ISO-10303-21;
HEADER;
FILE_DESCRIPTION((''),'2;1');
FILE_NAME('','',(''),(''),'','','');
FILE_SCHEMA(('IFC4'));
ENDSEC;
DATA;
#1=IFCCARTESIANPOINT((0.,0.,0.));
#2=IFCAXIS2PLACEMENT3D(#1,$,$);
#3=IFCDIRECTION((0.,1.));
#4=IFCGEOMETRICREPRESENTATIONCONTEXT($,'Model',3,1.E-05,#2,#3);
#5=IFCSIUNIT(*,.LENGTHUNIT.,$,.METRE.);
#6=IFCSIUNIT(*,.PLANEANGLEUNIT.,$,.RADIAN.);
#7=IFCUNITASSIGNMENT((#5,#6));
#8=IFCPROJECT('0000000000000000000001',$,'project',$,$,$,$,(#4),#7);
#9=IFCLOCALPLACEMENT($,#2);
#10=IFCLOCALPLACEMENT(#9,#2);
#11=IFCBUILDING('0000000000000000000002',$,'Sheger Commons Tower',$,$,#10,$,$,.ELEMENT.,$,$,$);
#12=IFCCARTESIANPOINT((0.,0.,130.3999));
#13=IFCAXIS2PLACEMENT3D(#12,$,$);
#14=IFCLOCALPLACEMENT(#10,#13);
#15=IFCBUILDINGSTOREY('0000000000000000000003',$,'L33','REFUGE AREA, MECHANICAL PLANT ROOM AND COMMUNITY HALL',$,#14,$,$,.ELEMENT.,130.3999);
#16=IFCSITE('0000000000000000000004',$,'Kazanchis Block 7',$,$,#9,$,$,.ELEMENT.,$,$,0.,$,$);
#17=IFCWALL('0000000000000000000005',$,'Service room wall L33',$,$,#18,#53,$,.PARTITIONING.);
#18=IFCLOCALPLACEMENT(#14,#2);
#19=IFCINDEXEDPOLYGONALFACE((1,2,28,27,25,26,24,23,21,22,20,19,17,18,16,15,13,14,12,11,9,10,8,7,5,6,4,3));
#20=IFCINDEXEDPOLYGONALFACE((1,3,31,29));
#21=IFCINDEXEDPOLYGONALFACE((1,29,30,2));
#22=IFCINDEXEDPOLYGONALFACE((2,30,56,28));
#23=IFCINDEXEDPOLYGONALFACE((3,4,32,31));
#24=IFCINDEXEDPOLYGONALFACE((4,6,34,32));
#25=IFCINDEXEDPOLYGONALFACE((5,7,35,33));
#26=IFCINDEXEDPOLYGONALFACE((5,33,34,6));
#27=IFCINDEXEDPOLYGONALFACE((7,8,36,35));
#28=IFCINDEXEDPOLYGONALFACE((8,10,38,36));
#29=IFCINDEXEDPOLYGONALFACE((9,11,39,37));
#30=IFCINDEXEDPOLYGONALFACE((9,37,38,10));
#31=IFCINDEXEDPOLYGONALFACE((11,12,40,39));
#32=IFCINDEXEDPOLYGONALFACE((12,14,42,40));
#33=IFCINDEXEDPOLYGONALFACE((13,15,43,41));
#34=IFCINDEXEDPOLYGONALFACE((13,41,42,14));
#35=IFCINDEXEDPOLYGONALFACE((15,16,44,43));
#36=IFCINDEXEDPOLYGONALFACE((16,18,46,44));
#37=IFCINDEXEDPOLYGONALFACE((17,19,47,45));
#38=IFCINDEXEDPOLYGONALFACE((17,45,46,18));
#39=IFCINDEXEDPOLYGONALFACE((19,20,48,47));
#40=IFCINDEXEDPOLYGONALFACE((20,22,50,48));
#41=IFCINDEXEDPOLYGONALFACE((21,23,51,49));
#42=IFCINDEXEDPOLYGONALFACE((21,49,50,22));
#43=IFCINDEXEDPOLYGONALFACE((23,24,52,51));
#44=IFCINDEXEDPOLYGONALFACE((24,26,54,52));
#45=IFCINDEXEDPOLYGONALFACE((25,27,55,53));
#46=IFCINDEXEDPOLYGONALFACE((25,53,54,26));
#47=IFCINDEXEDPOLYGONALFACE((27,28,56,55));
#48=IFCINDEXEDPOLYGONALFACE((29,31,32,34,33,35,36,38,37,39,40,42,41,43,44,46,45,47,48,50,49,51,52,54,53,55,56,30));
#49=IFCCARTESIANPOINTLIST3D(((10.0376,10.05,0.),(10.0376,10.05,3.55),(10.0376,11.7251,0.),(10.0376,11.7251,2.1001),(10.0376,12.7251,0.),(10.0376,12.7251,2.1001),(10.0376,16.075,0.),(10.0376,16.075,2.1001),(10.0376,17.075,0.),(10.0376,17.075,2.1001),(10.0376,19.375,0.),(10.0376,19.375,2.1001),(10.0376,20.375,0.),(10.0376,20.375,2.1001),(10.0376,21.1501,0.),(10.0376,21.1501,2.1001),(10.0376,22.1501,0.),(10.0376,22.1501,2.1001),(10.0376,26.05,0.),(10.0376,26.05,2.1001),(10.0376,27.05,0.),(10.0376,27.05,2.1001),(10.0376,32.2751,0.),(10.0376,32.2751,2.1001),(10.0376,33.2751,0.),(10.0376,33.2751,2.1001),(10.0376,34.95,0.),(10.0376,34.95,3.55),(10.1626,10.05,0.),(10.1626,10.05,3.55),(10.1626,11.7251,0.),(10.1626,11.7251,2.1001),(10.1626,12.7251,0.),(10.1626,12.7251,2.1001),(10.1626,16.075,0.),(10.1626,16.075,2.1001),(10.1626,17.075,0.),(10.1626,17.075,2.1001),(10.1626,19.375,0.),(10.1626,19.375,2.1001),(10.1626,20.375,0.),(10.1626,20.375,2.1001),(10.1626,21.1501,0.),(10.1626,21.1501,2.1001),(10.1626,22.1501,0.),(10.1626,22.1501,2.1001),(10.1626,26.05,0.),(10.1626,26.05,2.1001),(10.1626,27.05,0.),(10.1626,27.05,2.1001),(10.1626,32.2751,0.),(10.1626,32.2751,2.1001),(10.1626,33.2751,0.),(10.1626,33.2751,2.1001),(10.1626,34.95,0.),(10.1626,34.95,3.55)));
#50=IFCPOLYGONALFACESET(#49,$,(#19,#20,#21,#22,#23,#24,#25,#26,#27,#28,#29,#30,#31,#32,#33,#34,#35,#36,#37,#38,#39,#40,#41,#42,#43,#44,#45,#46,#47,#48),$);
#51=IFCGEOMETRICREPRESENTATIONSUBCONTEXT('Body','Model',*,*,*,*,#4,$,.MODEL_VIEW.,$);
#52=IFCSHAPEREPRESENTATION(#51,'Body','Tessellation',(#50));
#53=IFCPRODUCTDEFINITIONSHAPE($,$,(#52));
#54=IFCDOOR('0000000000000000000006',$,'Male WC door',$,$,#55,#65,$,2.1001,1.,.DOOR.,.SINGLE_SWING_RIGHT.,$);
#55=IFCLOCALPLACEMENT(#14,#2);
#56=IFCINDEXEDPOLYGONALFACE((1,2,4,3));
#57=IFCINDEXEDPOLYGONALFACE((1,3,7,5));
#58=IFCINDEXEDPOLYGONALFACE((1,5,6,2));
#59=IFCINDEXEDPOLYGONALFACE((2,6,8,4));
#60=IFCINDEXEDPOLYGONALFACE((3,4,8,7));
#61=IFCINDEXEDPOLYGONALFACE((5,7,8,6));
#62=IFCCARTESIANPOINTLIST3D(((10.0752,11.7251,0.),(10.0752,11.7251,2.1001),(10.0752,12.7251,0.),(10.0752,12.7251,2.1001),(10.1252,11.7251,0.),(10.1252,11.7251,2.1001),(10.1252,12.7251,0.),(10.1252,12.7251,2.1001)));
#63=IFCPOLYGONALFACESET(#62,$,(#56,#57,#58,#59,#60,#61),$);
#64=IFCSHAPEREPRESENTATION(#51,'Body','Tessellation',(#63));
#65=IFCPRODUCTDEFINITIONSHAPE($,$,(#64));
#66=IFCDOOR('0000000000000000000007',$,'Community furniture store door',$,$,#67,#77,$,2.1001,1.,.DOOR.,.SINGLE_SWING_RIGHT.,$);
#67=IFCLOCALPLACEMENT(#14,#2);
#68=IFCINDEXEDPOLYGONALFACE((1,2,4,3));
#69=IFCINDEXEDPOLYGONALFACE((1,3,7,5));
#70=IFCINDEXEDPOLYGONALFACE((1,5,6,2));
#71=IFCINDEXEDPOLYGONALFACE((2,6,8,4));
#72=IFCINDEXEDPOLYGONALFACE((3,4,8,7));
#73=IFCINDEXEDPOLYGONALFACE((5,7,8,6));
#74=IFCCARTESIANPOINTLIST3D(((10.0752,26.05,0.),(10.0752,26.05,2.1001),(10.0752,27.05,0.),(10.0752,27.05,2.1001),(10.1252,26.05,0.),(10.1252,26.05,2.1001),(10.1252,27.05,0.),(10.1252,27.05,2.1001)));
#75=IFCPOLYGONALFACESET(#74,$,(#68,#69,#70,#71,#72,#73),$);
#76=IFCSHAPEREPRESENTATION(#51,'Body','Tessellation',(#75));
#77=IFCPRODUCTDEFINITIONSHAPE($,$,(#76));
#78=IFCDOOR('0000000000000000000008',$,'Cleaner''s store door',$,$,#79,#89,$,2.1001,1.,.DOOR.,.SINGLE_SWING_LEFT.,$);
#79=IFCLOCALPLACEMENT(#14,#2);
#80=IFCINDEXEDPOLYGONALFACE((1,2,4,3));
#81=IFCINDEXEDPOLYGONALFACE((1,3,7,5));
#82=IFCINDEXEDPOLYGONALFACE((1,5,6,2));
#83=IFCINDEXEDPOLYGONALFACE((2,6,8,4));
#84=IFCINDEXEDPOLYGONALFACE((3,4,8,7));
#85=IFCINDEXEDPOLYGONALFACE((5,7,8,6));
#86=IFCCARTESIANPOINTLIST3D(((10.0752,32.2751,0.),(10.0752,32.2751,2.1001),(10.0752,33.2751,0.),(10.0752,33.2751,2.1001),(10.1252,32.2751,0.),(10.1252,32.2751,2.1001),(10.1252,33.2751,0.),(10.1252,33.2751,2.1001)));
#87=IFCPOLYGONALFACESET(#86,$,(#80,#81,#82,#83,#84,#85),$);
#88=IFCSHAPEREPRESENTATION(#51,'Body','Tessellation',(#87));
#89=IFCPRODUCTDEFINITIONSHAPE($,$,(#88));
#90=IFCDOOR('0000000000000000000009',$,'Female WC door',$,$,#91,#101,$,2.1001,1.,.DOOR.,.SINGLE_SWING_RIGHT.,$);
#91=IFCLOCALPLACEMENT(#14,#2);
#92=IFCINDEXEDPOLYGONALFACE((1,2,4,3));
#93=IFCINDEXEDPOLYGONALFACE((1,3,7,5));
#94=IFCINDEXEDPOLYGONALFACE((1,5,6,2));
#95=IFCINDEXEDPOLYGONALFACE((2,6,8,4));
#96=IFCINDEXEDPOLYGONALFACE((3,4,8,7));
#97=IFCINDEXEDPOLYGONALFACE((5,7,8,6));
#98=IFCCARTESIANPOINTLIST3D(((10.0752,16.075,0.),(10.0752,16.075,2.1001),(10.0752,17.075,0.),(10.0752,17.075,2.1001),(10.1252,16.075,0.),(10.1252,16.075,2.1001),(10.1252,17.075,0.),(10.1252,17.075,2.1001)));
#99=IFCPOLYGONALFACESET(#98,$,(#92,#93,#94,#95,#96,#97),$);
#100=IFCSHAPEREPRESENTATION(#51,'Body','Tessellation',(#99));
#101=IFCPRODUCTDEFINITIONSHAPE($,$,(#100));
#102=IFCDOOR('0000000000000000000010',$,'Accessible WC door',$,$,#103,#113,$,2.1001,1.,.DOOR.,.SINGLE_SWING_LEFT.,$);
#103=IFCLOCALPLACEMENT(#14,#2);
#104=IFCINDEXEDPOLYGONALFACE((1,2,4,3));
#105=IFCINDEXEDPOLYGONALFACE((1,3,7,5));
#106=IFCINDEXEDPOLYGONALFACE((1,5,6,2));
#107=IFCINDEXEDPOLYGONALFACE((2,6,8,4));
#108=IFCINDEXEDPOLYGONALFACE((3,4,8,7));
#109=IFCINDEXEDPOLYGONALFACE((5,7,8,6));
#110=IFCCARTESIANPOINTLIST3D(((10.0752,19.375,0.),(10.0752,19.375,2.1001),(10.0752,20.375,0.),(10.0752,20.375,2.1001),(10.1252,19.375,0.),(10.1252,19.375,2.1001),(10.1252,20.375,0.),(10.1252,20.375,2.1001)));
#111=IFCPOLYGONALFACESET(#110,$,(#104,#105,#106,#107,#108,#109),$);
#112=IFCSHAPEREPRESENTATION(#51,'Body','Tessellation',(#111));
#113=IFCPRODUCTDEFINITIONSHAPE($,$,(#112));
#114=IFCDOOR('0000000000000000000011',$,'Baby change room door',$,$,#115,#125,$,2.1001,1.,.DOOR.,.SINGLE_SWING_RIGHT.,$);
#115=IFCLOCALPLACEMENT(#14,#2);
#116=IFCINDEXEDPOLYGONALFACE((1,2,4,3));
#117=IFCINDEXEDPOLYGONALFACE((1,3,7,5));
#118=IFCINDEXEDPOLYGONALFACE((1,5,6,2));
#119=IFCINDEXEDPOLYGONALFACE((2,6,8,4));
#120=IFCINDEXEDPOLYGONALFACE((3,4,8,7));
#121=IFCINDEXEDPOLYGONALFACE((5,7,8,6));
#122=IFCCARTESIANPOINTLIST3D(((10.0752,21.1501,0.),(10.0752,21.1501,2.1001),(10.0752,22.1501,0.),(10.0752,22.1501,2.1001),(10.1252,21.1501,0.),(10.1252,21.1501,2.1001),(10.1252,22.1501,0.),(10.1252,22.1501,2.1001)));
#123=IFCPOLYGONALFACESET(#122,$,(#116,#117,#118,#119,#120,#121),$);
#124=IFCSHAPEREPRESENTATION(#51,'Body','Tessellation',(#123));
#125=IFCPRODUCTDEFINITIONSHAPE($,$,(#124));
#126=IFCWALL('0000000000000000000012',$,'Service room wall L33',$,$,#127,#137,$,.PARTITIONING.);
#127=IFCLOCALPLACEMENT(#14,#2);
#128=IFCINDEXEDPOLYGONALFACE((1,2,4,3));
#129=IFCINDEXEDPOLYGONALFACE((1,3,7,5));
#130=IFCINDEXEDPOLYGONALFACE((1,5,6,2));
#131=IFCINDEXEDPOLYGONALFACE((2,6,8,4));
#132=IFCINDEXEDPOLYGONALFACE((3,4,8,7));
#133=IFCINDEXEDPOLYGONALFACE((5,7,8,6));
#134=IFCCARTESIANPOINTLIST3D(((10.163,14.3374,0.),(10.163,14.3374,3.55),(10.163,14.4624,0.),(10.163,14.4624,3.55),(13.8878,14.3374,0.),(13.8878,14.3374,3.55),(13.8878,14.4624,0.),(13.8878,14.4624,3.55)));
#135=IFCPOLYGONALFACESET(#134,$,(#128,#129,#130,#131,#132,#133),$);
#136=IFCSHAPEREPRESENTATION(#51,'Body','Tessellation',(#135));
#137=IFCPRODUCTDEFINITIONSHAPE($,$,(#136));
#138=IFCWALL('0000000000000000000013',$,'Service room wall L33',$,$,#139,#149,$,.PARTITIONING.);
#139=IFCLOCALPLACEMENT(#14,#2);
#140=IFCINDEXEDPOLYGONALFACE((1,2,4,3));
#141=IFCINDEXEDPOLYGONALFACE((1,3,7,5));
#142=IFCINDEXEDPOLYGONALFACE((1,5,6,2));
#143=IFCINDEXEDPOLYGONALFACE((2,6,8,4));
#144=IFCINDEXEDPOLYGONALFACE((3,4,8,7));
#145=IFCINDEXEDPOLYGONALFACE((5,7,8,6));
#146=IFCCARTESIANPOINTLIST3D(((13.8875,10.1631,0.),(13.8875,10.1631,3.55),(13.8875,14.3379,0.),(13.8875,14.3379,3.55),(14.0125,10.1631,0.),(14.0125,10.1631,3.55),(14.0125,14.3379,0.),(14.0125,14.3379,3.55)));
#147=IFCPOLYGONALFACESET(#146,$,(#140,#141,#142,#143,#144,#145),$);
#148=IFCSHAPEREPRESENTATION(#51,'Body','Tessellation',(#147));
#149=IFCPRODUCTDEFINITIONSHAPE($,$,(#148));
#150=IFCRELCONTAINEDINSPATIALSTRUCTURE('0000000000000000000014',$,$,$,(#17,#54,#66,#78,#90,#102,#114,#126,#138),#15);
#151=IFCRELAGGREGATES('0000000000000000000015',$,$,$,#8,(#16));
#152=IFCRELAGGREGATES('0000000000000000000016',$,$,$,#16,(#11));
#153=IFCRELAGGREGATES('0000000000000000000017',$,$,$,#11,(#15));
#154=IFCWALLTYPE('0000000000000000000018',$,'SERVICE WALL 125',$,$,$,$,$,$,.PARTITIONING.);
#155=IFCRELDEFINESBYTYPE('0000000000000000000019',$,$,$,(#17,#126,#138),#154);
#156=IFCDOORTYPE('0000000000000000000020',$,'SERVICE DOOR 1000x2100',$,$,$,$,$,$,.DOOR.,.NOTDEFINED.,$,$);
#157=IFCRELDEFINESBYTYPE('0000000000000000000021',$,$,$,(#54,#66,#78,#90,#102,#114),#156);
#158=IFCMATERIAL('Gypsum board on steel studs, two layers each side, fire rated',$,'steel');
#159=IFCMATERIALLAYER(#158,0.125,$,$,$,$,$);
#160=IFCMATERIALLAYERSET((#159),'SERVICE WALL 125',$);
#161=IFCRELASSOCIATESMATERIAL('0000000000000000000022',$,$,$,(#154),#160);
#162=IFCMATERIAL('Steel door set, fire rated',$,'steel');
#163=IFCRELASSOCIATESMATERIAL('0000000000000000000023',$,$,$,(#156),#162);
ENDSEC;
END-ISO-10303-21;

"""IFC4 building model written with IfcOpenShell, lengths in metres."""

from ifc_helpers import new_model, si_unit, direction, frame, frame_2d, origin, place, context, subcontext, project, spatial, rectangle, extrude, material, layer, layer_set, type_object, element, fill, save


model = new_model("IFC4")

# Units and contexts
model_context = context("Model", 3, precision=1e-05, world=origin(), true_north=direction((0.0, 1.0)))
body_context = subcontext(model_context, "Body", "Model", "MODEL_VIEW")
ifc_project = project(units=[si_unit("LENGTHUNIT", "METRE"), si_unit("PLANEANGLEUNIT", "RADIAN")], contexts=[model_context])

# Site, building, storey
site_placement = place(None, origin())
site = spatial("IfcSite", under=ifc_project, at=site_placement, Name="Kazanchis Block 7", CompositionType="ELEMENT", RefElevation=0.0)
building_placement = place(site_placement, origin())
building = spatial("IfcBuilding", under=site, at=building_placement, Name="Sheger Commons Tower", CompositionType="ELEMENT")
storey_placement = place(building_placement, frame((0.0, 0.0, 130.3999)))
storey = spatial("IfcBuildingStorey", under=building, at=storey_placement, Name="L33", Description="REFUGE AREA, MECHANICAL PLANT ROOM AND COMMUNITY HALL", CompositionType="ELEMENT", Elevation=130.3999)

# Wall, openings, doors
ifc_material_1 = material(Name="Gypsum board on steel studs, two layers each side, fire rated", Category="steel")
ifc_layer_1 = layer(ifc_material_1, 0.125)
ifc_layer_set_1 = layer_set([ifc_layer_1], Name="SERVICE WALL 125")
wall_type_1 = type_object("IfcWallType", Name="SERVICE WALL 125", PredefinedType="PARTITIONING", material=ifc_layer_set_1)
wall_1_placement = place(storey_placement, frame((10.1001, 10.05, 0.0), z_axis=(0.0, 0.0, 1.0), x_axis=(0.0, 1.0, 0.0)))
wall_1 = element("IfcWall", 1, at=wall_1_placement, inside=storey, type_object=wall_type_1, Name="Service room wall L33", PredefinedType="PARTITIONING", context=body_context, shape_type="SweptSolid", body=[
    extrude(rectangle(XDim=24.8999, YDim=0.125, at=frame_2d((12.45, 0.0))), origin(), (0.0, 0.0, 1.0), 3.55),
])
opening_1_placement = place(wall_1_placement, frame((1.675, 0.0, 0.0)))
opening_1 = element("IfcOpeningElement", 2, at=opening_1_placement, cuts=wall_1, PredefinedType="OPENING", context=body_context, shape_type="SweptSolid", body=[
    extrude(rectangle(XDim=1.0, YDim=2.1001, at=frame_2d((0.5, 1.05))), frame((0.0, 0.0725, 0.0), z_axis=(0.0, -1.0, 0.0), x_axis=(1.0, 0.0, 0.0)), (0.0, 0.0, 1.0), 0.145),
])
opening_2_placement = place(wall_1_placement, frame((16.0, 0.0, 0.0)))
opening_2 = element("IfcOpeningElement", 3, at=opening_2_placement, cuts=wall_1, PredefinedType="OPENING", context=body_context, shape_type="SweptSolid", body=[
    extrude(rectangle(XDim=1.0, YDim=2.1001, at=frame_2d((0.5, 1.05))), frame((0.0, 0.0725, 0.0), z_axis=(0.0, -1.0, 0.0), x_axis=(1.0, 0.0, 0.0)), (0.0, 0.0, 1.0), 0.145),
])
opening_3_placement = place(wall_1_placement, frame((22.2251, 0.0, 0.0)))
opening_3 = element("IfcOpeningElement", 4, at=opening_3_placement, cuts=wall_1, PredefinedType="OPENING", context=body_context, shape_type="SweptSolid", body=[
    extrude(rectangle(XDim=1.0, YDim=2.1001, at=frame_2d((0.5, 1.05))), frame((0.0, 0.0725, 0.0), z_axis=(0.0, -1.0, 0.0), x_axis=(1.0, 0.0, 0.0)), (0.0, 0.0, 1.0), 0.145),
])
opening_4_placement = place(wall_1_placement, frame((6.0249, 0.0, 0.0)))
opening_4 = element("IfcOpeningElement", 5, at=opening_4_placement, cuts=wall_1, PredefinedType="OPENING", context=body_context, shape_type="SweptSolid", body=[
    extrude(rectangle(XDim=1.0, YDim=2.1001, at=frame_2d((0.5, 1.05))), frame((0.0, 0.0725, 0.0), z_axis=(0.0, -1.0, 0.0), x_axis=(1.0, 0.0, 0.0)), (0.0, 0.0, 1.0), 0.145),
])
opening_5_placement = place(wall_1_placement, frame((9.325, 0.0, 0.0)))
opening_5 = element("IfcOpeningElement", 6, at=opening_5_placement, cuts=wall_1, PredefinedType="OPENING", context=body_context, shape_type="SweptSolid", body=[
    extrude(rectangle(XDim=1.0, YDim=2.1001, at=frame_2d((0.5, 1.05))), frame((0.0, 0.0725, 0.0), z_axis=(0.0, -1.0, 0.0), x_axis=(1.0, 0.0, 0.0)), (0.0, 0.0, 1.0), 0.145),
])
opening_6_placement = place(wall_1_placement, frame((11.1001, 0.0, 0.0)))
opening_6 = element("IfcOpeningElement", 7, at=opening_6_placement, cuts=wall_1, PredefinedType="OPENING", context=body_context, shape_type="SweptSolid", body=[
    extrude(rectangle(XDim=1.0, YDim=2.1001, at=frame_2d((0.5, 1.05))), frame((0.0, 0.0725, 0.0), z_axis=(0.0, -1.0, 0.0), x_axis=(1.0, 0.0, 0.0)), (0.0, 0.0, 1.0), 0.145),
])
ifc_material_2 = material(Name="Steel door set, fire rated", Category="steel")
door_type_1 = type_object("IfcDoorType", Name="SERVICE DOOR 1000x2100", OperationType="NOTDEFINED", PredefinedType="DOOR", material=ifc_material_2)
door_1_placement = place(opening_1_placement, origin())
door_1 = element("IfcDoor", 8, at=door_1_placement, inside=storey, type_object=door_type_1, Name="Male WC door", OperationType="SINGLE_SWING_RIGHT", OverallHeight=2.1001, OverallWidth=1.0, PredefinedType="DOOR", context=body_context, shape_type="SweptSolid", body=[
    extrude(rectangle(XDim=1.0, YDim=2.1001, at=frame_2d((0.5, 1.05))), frame((0.0, 0.0249, 0.0), z_axis=(0.0, -1.0, 0.0), x_axis=(1.0, 0.0, 0.0)), (0.0, 0.0, 1.0), 0.05),
])
fill(opening_1, door_1)
door_2_placement = place(opening_2_placement, origin())
door_2 = element("IfcDoor", 9, at=door_2_placement, inside=storey, type_object=door_type_1, Name="Community furniture store door", OperationType="SINGLE_SWING_RIGHT", OverallHeight=2.1001, OverallWidth=1.0, PredefinedType="DOOR", context=body_context, shape_type="SweptSolid", body=[
    extrude(rectangle(XDim=1.0, YDim=2.1001, at=frame_2d((0.5, 1.05))), frame((0.0, 0.0249, 0.0), z_axis=(0.0, -1.0, 0.0), x_axis=(1.0, 0.0, 0.0)), (0.0, 0.0, 1.0), 0.05),
])
fill(opening_2, door_2)
door_3_placement = place(opening_3_placement, origin())
door_3 = element("IfcDoor", 10, at=door_3_placement, inside=storey, type_object=door_type_1, Name="Cleaner's store door", OperationType="SINGLE_SWING_LEFT", OverallHeight=2.1001, OverallWidth=1.0, PredefinedType="DOOR", context=body_context, shape_type="SweptSolid", body=[
    extrude(rectangle(XDim=1.0, YDim=2.1001, at=frame_2d((0.5, 1.05))), frame((0.0, 0.0249, 0.0), z_axis=(0.0, -1.0, 0.0), x_axis=(1.0, 0.0, 0.0)), (0.0, 0.0, 1.0), 0.05),
])
fill(opening_3, door_3)
door_4_placement = place(opening_4_placement, origin())
door_4 = element("IfcDoor", 11, at=door_4_placement, inside=storey, type_object=door_type_1, Name="Female WC door", OperationType="SINGLE_SWING_RIGHT", OverallHeight=2.1001, OverallWidth=1.0, PredefinedType="DOOR", context=body_context, shape_type="SweptSolid", body=[
    extrude(rectangle(XDim=1.0, YDim=2.1001, at=frame_2d((0.5, 1.05))), frame((0.0, 0.0249, 0.0), z_axis=(0.0, -1.0, 0.0), x_axis=(1.0, 0.0, 0.0)), (0.0, 0.0, 1.0), 0.05),
])
fill(opening_4, door_4)
door_5_placement = place(opening_5_placement, origin())
door_5 = element("IfcDoor", 12, at=door_5_placement, inside=storey, type_object=door_type_1, Name="Accessible WC door", OperationType="SINGLE_SWING_LEFT", OverallHeight=2.1001, OverallWidth=1.0, PredefinedType="DOOR", context=body_context, shape_type="SweptSolid", body=[
    extrude(rectangle(XDim=1.0, YDim=2.1001, at=frame_2d((0.5, 1.05))), frame((0.0, 0.0249, 0.0), z_axis=(0.0, -1.0, 0.0), x_axis=(1.0, 0.0, 0.0)), (0.0, 0.0, 1.0), 0.05),
])
fill(opening_5, door_5)
door_6_placement = place(opening_6_placement, origin())
door_6 = element("IfcDoor", 13, at=door_6_placement, inside=storey, type_object=door_type_1, Name="Baby change room door", OperationType="SINGLE_SWING_RIGHT", OverallHeight=2.1001, OverallWidth=1.0, PredefinedType="DOOR", context=body_context, shape_type="SweptSolid", body=[
    extrude(rectangle(XDim=1.0, YDim=2.1001, at=frame_2d((0.5, 1.05))), frame((0.0, 0.0249, 0.0), z_axis=(0.0, -1.0, 0.0), x_axis=(1.0, 0.0, 0.0)), (0.0, 0.0, 1.0), 0.05),
])
fill(opening_6, door_6)

# Walls
wall_2_placement = place(storey_placement, frame((10.1631, 14.3999, 0.0), z_axis=(0.0, 0.0, 1.0), x_axis=(1.0, 0.0, 0.0)))
element("IfcWall", 14, at=wall_2_placement, inside=storey, type_object=wall_type_1, Name="Service room wall L33", PredefinedType="PARTITIONING", context=body_context, shape_type="SweptSolid", body=[
    extrude(rectangle(XDim=3.7249, YDim=0.125, at=frame_2d((1.8623, 0.0))), origin(), (0.0, 0.0, 1.0), 3.55),
])
wall_3_placement = place(storey_placement, frame((13.95, 10.1631, 0.0), z_axis=(0.0, 0.0, 1.0), x_axis=(0.0, 1.0, 0.0)))
element("IfcWall", 15, at=wall_3_placement, inside=storey, type_object=wall_type_1, Name="Service room wall L33", PredefinedType="PARTITIONING", context=body_context, shape_type="SweptSolid", body=[
    extrude(rectangle(XDim=4.1748, YDim=0.125, at=frame_2d((2.0874, 0.0))), origin(), (0.0, 0.0, 1.0), 3.55),
])

save(model, "model.ifc")
